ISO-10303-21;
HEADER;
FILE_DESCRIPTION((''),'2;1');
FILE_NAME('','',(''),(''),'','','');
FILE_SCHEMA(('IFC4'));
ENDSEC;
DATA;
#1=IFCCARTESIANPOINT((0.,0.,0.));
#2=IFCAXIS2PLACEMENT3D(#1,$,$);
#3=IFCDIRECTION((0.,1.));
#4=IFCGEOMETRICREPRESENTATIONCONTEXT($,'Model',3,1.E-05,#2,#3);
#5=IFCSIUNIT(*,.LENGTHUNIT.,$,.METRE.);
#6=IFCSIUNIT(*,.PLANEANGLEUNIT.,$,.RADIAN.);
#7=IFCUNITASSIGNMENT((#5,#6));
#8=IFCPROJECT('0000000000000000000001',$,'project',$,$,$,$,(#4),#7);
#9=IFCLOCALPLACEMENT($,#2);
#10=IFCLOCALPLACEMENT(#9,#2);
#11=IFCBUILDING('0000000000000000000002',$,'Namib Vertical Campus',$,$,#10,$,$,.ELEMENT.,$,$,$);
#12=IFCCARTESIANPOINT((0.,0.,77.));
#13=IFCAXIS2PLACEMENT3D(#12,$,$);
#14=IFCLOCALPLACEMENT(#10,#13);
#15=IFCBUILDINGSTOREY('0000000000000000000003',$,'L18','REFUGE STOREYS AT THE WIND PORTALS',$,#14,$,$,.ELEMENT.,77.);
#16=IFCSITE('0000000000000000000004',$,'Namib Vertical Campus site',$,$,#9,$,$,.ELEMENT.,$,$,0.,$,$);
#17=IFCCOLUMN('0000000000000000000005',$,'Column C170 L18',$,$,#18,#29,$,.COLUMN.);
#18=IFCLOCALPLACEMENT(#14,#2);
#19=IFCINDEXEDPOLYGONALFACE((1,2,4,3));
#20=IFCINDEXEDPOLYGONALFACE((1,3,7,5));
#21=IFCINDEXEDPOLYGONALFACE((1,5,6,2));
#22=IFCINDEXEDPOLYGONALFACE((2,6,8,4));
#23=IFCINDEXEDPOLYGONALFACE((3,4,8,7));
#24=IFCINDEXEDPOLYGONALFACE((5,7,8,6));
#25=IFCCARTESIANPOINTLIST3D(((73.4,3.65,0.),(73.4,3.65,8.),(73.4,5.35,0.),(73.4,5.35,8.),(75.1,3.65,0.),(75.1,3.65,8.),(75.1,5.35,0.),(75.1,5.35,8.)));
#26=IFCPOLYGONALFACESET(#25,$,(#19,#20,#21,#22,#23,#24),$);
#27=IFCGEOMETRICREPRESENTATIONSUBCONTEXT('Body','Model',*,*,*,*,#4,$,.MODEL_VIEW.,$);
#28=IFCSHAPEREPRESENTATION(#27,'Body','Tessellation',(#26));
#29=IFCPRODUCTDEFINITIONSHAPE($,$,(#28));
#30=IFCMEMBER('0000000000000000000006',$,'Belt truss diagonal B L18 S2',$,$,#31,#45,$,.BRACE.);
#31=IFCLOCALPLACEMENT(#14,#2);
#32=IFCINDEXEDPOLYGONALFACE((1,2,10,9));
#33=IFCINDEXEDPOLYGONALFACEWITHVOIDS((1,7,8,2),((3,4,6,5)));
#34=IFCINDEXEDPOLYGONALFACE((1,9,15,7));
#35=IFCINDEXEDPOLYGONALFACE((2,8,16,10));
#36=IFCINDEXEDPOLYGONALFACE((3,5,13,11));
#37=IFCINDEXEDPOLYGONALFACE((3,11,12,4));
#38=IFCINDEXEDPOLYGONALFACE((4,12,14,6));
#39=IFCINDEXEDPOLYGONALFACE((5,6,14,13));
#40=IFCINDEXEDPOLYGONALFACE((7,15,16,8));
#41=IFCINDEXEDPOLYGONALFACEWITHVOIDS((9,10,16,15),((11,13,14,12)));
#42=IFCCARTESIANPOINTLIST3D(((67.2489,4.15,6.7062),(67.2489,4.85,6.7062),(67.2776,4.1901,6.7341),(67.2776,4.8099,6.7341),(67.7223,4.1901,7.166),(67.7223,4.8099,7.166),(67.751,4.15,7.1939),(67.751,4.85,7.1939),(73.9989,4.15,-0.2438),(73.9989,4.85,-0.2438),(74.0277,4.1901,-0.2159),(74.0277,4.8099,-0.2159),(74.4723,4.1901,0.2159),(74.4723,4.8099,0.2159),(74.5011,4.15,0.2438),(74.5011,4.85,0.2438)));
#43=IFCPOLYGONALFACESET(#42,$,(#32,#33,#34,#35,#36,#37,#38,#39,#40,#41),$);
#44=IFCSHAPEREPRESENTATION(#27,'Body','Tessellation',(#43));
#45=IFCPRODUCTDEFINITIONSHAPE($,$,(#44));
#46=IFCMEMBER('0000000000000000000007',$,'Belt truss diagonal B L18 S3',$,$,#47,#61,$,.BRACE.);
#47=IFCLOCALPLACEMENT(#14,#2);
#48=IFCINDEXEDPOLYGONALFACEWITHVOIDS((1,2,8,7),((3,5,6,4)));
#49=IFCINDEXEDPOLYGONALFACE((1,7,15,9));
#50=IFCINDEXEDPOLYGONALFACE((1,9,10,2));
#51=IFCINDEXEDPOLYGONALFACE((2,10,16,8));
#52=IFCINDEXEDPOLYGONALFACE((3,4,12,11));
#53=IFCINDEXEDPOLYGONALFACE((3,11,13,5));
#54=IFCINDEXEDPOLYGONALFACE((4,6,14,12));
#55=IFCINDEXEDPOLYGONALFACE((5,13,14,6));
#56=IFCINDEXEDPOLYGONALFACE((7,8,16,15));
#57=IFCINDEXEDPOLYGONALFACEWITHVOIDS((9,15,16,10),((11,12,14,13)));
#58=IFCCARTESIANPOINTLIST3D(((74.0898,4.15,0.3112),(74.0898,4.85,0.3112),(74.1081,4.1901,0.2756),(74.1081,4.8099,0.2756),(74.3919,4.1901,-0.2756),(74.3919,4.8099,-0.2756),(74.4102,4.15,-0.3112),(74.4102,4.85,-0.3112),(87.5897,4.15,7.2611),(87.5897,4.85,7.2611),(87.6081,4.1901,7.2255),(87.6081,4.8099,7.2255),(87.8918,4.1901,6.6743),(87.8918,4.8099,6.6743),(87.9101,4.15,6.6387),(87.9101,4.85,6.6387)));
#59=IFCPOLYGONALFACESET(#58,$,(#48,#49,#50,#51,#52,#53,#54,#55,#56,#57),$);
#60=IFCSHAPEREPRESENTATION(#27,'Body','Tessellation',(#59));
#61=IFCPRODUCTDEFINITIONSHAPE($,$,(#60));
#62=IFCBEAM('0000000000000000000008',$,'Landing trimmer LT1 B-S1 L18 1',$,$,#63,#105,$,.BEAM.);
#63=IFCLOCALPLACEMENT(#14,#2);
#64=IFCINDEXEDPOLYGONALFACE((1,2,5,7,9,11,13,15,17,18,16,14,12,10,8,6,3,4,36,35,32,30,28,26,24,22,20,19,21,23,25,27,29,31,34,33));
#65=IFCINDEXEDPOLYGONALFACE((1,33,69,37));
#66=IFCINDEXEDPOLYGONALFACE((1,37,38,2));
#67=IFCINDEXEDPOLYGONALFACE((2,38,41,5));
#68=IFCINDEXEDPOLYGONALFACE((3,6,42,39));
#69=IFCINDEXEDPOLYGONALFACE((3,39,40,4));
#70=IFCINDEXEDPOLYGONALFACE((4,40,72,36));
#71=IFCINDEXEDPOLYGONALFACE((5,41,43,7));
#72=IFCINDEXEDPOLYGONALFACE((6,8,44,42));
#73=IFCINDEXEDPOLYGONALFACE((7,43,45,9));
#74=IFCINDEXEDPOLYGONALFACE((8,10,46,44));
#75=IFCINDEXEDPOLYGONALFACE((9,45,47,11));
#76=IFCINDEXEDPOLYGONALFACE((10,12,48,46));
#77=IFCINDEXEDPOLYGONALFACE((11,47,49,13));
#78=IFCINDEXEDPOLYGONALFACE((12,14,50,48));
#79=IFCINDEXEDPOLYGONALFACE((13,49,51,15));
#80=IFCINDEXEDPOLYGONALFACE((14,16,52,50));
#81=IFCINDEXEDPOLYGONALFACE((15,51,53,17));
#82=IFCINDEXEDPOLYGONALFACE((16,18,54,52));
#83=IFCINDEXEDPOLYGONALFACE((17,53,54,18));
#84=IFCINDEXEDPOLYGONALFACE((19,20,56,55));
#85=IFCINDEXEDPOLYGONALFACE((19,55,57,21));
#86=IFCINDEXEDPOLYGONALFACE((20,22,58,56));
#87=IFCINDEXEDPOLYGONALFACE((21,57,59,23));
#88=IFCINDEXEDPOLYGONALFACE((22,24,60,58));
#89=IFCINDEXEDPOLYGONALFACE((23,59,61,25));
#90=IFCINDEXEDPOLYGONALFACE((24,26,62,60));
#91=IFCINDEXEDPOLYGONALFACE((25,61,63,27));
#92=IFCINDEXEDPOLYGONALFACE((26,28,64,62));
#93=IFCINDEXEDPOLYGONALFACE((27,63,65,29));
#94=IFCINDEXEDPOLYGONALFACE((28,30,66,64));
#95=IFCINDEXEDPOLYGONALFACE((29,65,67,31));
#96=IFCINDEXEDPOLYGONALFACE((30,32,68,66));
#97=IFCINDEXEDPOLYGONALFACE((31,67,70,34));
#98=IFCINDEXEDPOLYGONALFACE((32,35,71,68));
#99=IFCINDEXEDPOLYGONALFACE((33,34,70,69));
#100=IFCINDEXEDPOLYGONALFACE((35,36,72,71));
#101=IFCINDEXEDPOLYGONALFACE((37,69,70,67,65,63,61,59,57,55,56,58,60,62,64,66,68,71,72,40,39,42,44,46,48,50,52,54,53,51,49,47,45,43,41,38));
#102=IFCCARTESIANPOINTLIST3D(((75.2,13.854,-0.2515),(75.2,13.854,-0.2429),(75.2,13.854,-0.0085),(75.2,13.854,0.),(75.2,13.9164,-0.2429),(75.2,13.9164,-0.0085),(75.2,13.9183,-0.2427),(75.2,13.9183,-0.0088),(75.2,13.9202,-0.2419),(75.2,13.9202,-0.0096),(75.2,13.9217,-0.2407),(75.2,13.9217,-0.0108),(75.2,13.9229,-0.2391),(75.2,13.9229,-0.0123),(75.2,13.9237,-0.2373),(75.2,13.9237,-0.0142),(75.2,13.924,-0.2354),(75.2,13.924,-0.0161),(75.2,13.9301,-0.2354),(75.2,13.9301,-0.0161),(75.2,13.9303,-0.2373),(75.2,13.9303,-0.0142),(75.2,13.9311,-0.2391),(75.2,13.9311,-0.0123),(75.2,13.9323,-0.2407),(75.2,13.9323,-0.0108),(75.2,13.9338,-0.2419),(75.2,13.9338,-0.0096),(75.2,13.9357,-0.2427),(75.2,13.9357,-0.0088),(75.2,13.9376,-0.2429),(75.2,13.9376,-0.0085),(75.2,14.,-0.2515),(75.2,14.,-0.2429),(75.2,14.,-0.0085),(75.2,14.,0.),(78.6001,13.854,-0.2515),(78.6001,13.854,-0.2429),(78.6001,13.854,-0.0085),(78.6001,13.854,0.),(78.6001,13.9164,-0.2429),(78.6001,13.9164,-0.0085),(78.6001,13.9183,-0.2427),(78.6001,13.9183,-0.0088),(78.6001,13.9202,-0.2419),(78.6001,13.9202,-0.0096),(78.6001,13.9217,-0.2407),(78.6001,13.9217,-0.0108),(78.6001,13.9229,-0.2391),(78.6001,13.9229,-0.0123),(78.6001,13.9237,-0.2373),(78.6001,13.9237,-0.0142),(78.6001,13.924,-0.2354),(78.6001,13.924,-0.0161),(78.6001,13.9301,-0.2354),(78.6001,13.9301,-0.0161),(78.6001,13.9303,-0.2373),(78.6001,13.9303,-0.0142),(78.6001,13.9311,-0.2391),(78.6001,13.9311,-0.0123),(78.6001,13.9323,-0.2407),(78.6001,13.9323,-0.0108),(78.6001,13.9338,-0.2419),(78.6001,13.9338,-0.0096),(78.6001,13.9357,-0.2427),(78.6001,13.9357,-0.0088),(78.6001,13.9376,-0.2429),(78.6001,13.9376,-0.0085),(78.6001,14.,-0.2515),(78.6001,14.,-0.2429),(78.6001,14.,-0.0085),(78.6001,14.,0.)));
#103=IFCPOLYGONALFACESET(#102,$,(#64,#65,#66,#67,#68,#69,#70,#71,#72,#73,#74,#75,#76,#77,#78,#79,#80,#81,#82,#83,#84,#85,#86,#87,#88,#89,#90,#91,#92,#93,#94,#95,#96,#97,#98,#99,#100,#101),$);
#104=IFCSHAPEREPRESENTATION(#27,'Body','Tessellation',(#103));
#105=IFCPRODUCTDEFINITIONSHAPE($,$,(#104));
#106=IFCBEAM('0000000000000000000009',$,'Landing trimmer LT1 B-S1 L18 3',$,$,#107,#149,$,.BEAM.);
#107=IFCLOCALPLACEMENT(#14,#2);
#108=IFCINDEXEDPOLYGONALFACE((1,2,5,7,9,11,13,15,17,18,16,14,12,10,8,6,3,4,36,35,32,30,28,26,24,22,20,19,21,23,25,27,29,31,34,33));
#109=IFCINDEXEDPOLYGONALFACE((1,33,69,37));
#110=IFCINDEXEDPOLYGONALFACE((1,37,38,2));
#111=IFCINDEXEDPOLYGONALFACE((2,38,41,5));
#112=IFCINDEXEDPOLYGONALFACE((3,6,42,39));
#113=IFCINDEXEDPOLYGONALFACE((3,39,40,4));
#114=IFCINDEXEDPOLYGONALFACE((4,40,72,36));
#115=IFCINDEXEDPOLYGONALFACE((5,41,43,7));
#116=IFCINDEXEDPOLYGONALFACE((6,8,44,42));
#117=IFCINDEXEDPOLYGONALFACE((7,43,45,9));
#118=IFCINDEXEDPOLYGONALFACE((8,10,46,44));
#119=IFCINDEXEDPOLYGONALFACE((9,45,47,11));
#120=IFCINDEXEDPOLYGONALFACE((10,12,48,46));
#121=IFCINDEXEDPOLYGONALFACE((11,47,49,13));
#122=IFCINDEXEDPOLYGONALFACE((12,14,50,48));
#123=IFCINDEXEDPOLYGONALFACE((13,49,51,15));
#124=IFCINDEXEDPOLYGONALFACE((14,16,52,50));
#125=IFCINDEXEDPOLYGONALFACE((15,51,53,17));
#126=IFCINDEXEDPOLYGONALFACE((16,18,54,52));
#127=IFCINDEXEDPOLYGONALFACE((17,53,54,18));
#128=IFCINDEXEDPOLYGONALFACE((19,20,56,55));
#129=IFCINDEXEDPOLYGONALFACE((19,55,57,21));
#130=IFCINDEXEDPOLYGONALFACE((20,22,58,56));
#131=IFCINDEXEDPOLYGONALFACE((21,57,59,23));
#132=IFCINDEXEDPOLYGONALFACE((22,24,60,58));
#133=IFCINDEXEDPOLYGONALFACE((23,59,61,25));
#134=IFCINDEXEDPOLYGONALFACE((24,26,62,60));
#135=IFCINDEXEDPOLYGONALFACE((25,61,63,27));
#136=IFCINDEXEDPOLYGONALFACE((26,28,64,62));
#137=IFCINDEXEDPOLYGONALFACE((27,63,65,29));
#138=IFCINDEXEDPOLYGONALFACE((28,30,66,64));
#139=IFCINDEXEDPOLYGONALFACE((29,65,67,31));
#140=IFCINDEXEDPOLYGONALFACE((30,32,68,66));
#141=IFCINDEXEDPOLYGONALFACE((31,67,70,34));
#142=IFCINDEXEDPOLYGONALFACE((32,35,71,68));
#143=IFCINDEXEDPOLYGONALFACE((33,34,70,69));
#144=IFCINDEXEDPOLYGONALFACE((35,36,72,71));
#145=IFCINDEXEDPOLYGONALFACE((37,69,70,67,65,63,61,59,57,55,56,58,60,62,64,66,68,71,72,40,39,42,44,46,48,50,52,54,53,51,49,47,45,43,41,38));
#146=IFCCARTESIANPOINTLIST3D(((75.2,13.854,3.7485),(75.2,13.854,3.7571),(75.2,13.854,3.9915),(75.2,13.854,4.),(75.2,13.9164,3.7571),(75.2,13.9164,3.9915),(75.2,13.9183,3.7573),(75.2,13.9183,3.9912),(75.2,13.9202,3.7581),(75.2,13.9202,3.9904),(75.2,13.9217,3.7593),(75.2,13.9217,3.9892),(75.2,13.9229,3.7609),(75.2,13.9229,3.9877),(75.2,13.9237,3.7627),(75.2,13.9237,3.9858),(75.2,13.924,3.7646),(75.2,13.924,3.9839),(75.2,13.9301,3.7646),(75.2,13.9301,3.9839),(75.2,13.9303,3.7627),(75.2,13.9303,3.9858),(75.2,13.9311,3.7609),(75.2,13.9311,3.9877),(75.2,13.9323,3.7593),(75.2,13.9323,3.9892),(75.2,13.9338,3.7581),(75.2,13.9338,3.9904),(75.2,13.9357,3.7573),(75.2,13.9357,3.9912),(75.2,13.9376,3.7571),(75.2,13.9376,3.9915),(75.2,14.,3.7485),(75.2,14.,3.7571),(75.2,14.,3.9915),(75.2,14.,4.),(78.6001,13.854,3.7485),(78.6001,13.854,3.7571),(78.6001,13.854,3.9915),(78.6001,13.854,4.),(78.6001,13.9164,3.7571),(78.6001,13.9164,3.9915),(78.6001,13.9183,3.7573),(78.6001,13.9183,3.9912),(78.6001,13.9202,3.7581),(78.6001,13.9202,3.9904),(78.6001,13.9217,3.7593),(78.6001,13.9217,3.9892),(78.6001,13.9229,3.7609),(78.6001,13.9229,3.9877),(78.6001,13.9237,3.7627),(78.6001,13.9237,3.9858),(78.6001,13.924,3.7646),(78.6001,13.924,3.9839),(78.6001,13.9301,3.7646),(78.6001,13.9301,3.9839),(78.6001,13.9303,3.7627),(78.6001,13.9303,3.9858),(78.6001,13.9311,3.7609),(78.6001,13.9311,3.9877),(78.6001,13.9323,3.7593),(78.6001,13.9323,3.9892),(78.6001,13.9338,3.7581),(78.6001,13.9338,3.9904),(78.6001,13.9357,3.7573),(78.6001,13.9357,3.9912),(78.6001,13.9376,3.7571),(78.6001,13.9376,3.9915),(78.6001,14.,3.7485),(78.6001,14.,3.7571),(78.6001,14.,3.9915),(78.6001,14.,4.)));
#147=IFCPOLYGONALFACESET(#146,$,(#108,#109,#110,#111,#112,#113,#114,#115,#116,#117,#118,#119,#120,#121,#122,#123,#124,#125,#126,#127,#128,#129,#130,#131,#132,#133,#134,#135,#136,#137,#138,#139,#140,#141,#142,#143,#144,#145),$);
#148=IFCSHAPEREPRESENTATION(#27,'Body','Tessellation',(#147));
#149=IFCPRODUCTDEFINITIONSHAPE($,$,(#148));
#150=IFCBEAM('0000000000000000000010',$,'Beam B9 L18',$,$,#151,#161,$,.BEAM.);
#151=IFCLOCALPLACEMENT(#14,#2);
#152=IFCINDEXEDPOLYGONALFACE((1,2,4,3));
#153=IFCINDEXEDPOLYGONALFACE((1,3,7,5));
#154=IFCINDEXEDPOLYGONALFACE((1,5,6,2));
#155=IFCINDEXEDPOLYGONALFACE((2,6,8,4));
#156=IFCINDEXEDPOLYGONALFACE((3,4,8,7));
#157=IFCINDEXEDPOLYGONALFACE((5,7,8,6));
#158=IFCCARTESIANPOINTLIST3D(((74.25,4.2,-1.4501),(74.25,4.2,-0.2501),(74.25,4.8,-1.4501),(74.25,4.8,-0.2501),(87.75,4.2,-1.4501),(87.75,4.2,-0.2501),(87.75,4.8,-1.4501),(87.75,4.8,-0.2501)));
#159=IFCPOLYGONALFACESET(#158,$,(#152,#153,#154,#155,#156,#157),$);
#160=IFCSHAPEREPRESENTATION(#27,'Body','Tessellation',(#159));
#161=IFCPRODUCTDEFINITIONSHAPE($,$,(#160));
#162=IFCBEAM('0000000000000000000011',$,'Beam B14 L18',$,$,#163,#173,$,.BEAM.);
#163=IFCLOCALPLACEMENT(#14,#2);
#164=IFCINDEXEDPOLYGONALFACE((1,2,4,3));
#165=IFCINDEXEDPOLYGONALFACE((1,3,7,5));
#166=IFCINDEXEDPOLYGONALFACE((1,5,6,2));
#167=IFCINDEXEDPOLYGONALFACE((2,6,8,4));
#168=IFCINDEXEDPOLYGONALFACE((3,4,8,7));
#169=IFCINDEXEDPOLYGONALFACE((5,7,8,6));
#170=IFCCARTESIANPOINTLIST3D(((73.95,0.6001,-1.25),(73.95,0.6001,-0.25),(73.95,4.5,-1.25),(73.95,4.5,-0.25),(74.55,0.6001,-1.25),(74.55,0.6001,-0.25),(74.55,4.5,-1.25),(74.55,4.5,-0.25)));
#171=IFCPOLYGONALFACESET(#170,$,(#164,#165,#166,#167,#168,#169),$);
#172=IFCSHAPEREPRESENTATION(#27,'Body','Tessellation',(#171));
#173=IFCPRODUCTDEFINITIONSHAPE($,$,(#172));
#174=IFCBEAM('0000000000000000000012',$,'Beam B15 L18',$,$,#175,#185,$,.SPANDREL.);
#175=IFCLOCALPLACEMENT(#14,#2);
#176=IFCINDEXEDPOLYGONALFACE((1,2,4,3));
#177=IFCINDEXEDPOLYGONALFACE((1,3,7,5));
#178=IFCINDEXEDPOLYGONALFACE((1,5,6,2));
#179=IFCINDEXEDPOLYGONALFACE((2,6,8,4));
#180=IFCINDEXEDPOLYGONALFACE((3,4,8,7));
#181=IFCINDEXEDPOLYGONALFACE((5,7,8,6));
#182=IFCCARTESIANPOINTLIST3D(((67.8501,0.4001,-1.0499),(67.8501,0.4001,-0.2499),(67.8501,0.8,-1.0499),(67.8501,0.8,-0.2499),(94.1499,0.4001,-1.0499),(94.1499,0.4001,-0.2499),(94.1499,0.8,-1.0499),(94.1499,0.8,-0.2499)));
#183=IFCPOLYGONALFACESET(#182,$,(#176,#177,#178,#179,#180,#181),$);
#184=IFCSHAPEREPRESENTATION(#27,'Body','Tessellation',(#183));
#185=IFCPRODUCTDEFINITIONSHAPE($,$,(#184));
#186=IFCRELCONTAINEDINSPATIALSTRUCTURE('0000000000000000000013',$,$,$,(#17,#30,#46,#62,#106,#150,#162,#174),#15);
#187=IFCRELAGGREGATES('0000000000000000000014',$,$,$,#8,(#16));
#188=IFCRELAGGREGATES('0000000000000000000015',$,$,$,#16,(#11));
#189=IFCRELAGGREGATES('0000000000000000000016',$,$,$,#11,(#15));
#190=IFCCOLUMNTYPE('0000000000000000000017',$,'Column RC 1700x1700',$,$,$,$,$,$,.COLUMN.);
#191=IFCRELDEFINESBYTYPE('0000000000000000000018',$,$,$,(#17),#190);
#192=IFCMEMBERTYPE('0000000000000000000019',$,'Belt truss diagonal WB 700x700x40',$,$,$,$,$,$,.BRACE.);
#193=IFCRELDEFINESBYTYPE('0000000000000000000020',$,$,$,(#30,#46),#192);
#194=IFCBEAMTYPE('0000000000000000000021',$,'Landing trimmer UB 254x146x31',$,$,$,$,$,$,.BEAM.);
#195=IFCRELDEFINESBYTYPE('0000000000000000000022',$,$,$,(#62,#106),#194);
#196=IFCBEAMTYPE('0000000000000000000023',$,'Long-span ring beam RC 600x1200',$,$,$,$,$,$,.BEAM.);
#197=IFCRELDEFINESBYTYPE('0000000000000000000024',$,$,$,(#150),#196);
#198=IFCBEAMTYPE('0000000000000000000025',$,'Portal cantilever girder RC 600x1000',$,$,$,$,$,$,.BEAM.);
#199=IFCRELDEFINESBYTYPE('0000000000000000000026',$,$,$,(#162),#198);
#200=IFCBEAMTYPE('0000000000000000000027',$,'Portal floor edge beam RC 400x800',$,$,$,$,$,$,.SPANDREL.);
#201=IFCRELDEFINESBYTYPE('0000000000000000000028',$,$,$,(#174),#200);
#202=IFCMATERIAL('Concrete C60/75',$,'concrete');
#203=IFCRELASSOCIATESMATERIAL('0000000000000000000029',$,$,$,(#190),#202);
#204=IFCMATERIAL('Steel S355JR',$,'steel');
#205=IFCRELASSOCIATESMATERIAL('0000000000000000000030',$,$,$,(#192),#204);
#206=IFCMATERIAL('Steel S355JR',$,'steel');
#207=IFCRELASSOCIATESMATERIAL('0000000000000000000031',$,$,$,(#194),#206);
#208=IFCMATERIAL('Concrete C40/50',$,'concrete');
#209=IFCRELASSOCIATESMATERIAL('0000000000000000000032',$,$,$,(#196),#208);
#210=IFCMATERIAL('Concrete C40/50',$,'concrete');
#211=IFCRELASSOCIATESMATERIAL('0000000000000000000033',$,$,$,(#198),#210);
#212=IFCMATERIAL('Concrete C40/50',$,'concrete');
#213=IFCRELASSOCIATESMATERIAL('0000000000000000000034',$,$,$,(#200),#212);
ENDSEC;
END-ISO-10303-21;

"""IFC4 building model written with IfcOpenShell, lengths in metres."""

from ifc_helpers import new_model, si_unit, direction, frame, origin, origin_2d, place, context, subcontext, project, spatial, rectangle, hollow_rectangle, i_section, extrude, material, material_profile, profile_set, type_object, element, save


model = new_model("IFC4")

# Units and contexts
model_context = context("Model", 3, precision=1e-05, world=origin(), true_north=direction((0.0, 1.0)))
body_context = subcontext(model_context, "Body", "Model", "MODEL_VIEW")
ifc_project = project(units=[si_unit("LENGTHUNIT", "METRE"), si_unit("PLANEANGLEUNIT", "RADIAN")], contexts=[model_context])

# Site, building, storey
site_placement = place(None, origin())
site = spatial("IfcSite", under=ifc_project, at=site_placement, Name="Namib Vertical Campus site", CompositionType="ELEMENT", RefElevation=0.0)
building_placement = place(site_placement, origin())
building = spatial("IfcBuilding", under=site, at=building_placement, Name="Namib Vertical Campus", CompositionType="ELEMENT")
storey_placement = place(building_placement, frame((0.0, 0.0, 77.0)))
storey = spatial("IfcBuildingStorey", under=building, at=storey_placement, Name="L18", Description="REFUGE STOREYS AT THE WIND PORTALS", CompositionType="ELEMENT", Elevation=77.0)

# Column
ifc_material_1 = material(Name="Concrete C60/75", Category="concrete")
ifc_material_profile_1 = material_profile(ifc_material_1, rectangle(XDim=1.7, YDim=1.7, at=origin_2d()))
ifc_profile_set_1 = profile_set([ifc_material_profile_1], Name="Concrete C60/75")
column_type = type_object("IfcColumnType", Name="Column RC 1700x1700", PredefinedType="COLUMN", material=ifc_profile_set_1)
column_placement = place(storey_placement, frame((74.25, 4.5, 0.0), z_axis=(0.0, 0.0, 1.0), x_axis=(1.0, 0.0, 0.0)))
element("IfcColumn", 1, at=column_placement, inside=storey, type_object=column_type, Name="Column C170 L18", PredefinedType="COLUMN", context=body_context, shape_type="SweptSolid", body=[
    extrude(rectangle(XDim=1.7, YDim=1.7, at=origin_2d()), origin(), (0.0, 0.0, 1.0), 8.0),
])

# Members
ifc_material_2 = material(Name="Steel S355JR", Category="steel")
ifc_material_profile_2 = material_profile(ifc_material_2, hollow_rectangle(XDim=0.7, YDim=0.7, WallThickness=0.04, at=origin_2d()))
ifc_profile_set_2 = profile_set([ifc_material_profile_2], Name="Steel S355JR")
member_type = type_object("IfcMemberType", Name="Belt truss diagonal WB 700x700x40", PredefinedType="BRACE", material=ifc_profile_set_2)
member_1_placement = place(storey_placement, frame((74.25, 4.5, 0.0), z_axis=(-0.696712, 0.0, 0.717351), x_axis=(0.0, -1.0, 0.0)))
element("IfcMember", 2, at=member_1_placement, inside=storey, type_object=member_type, Name="Belt truss diagonal B L18 S2", PredefinedType="BRACE", context=body_context, shape_type="SweptSolid", body=[
    extrude(hollow_rectangle(XDim=0.7, YDim=0.7, WallThickness=0.04, at=origin_2d()), origin(), (0.0, 0.0, 1.0), 9.6885),
])
member_2_placement = place(storey_placement, frame((74.25, 4.5, 0.0), z_axis=(0.889098, 0.0, 0.457717), x_axis=(0.0, 1.0, 0.0)))
element("IfcMember", 3, at=member_2_placement, inside=storey, type_object=member_type, Name="Belt truss diagonal B L18 S3", PredefinedType="BRACE", context=body_context, shape_type="SweptSolid", body=[
    extrude(hollow_rectangle(XDim=0.7, YDim=0.7, WallThickness=0.04, at=origin_2d()), origin(), (0.0, 0.0, 1.0), 15.1838),
])

# Beams
ifc_material_3 = material(Name="Steel S355JR", Category="steel")
ifc_material_profile_3 = material_profile(ifc_material_3, i_section(OverallWidth=0.146, OverallDepth=0.2515, WebThickness=0.0061, FlangeThickness=0.0085, FilletRadius=0.0076, at=origin_2d()))
ifc_profile_set_3 = profile_set([ifc_material_profile_3], Name="Steel S355JR")
beam_type_1 = type_object("IfcBeamType", Name="Landing trimmer UB 254x146x31", PredefinedType="BEAM", material=ifc_profile_set_3)
for number, where, z_axis, x_axis, name in (
    (4, (75.2, 13.927, -0.1257), (1.0, 0.0, 0.0), (0.0, 1.0, 0.0), "Landing trimmer LT1 B-S1 L18 1"),
    (5, (75.2, 13.927, 3.8743), (1.0, 0.0, 0.0), (0.0, 1.0, 0.0), "Landing trimmer LT1 B-S1 L18 3"),
):
    element("IfcBeam", number, at=place(storey_placement, frame(where, z_axis=z_axis, x_axis=x_axis)), inside=storey, type_object=beam_type_1, Name=name, PredefinedType="BEAM", context=body_context, shape_type="SweptSolid", body=[
        extrude(i_section(OverallWidth=0.146, OverallDepth=0.2515, WebThickness=0.0061, FlangeThickness=0.0085, FilletRadius=0.0076, at=origin_2d()), origin(), (0.0, 0.0, 1.0), 3.4001),
    ])
ifc_material_4 = material(Name="Concrete C40/50", Category="concrete")
ifc_material_profile_4 = material_profile(ifc_material_4, rectangle(XDim=0.6001, YDim=1.2, at=origin_2d()))
ifc_profile_set_4 = profile_set([ifc_material_profile_4], Name="Concrete C40/50")
beam_type_2 = type_object("IfcBeamType", Name="Long-span ring beam RC 600x1200", PredefinedType="BEAM", material=ifc_profile_set_4)
beam_1_placement = place(storey_placement, frame((74.25, 4.5, -0.8501), z_axis=(1.0, 0.0, 0.0), x_axis=(0.0, 1.0, 0.0)))
element("IfcBeam", 6, at=beam_1_placement, inside=storey, type_object=beam_type_2, Name="Beam B9 L18", PredefinedType="BEAM", context=body_context, shape_type="SweptSolid", body=[
    extrude(rectangle(XDim=0.6001, YDim=1.2, at=origin_2d()), origin(), (0.0, 0.0, 1.0), 13.5),
])
ifc_material_5 = material(Name="Concrete C40/50", Category="concrete")
ifc_material_profile_5 = material_profile(ifc_material_5, rectangle(XDim=0.6001, YDim=1.0, at=origin_2d()))
ifc_profile_set_5 = profile_set([ifc_material_profile_5], Name="Concrete C40/50")
beam_type_3 = type_object("IfcBeamType", Name="Portal cantilever girder RC 600x1000", PredefinedType="BEAM", material=ifc_profile_set_5)
beam_2_placement = place(storey_placement, frame((74.25, 4.5, -0.75), z_axis=(0.0, -1.0, 0.0), x_axis=(1.0, 0.0, 0.0)))
element("IfcBeam", 7, at=beam_2_placement, inside=storey, type_object=beam_type_3, Name="Beam B14 L18", PredefinedType="BEAM", context=body_context, shape_type="SweptSolid", body=[
    extrude(rectangle(XDim=0.6001, YDim=1.0, at=origin_2d()), origin(), (0.0, 0.0, 1.0), 3.8999),
])
ifc_material_6 = material(Name="Concrete C40/50", Category="concrete")
ifc_material_profile_6 = material_profile(ifc_material_6, rectangle(XDim=0.3999, YDim=0.8, at=origin_2d()))
ifc_profile_set_6 = profile_set([ifc_material_profile_6], Name="Concrete C40/50")
beam_type_4 = type_object("IfcBeamType", Name="Portal floor edge beam RC 400x800", PredefinedType="SPANDREL", material=ifc_profile_set_6)
beam_3_placement = place(storey_placement, frame((67.8501, 0.6001, -0.6499), z_axis=(1.0, 0.0, 0.0), x_axis=(0.0, 1.0, 0.0)))
element("IfcBeam", 8, at=beam_3_placement, inside=storey, type_object=beam_type_4, Name="Beam B15 L18", PredefinedType="SPANDREL", context=body_context, shape_type="SweptSolid", body=[
    extrude(rectangle(XDim=0.3999, YDim=0.8, at=origin_2d()), origin(), (0.0, 0.0, 1.0), 26.2998),
])

save(model, "model.ifc")
